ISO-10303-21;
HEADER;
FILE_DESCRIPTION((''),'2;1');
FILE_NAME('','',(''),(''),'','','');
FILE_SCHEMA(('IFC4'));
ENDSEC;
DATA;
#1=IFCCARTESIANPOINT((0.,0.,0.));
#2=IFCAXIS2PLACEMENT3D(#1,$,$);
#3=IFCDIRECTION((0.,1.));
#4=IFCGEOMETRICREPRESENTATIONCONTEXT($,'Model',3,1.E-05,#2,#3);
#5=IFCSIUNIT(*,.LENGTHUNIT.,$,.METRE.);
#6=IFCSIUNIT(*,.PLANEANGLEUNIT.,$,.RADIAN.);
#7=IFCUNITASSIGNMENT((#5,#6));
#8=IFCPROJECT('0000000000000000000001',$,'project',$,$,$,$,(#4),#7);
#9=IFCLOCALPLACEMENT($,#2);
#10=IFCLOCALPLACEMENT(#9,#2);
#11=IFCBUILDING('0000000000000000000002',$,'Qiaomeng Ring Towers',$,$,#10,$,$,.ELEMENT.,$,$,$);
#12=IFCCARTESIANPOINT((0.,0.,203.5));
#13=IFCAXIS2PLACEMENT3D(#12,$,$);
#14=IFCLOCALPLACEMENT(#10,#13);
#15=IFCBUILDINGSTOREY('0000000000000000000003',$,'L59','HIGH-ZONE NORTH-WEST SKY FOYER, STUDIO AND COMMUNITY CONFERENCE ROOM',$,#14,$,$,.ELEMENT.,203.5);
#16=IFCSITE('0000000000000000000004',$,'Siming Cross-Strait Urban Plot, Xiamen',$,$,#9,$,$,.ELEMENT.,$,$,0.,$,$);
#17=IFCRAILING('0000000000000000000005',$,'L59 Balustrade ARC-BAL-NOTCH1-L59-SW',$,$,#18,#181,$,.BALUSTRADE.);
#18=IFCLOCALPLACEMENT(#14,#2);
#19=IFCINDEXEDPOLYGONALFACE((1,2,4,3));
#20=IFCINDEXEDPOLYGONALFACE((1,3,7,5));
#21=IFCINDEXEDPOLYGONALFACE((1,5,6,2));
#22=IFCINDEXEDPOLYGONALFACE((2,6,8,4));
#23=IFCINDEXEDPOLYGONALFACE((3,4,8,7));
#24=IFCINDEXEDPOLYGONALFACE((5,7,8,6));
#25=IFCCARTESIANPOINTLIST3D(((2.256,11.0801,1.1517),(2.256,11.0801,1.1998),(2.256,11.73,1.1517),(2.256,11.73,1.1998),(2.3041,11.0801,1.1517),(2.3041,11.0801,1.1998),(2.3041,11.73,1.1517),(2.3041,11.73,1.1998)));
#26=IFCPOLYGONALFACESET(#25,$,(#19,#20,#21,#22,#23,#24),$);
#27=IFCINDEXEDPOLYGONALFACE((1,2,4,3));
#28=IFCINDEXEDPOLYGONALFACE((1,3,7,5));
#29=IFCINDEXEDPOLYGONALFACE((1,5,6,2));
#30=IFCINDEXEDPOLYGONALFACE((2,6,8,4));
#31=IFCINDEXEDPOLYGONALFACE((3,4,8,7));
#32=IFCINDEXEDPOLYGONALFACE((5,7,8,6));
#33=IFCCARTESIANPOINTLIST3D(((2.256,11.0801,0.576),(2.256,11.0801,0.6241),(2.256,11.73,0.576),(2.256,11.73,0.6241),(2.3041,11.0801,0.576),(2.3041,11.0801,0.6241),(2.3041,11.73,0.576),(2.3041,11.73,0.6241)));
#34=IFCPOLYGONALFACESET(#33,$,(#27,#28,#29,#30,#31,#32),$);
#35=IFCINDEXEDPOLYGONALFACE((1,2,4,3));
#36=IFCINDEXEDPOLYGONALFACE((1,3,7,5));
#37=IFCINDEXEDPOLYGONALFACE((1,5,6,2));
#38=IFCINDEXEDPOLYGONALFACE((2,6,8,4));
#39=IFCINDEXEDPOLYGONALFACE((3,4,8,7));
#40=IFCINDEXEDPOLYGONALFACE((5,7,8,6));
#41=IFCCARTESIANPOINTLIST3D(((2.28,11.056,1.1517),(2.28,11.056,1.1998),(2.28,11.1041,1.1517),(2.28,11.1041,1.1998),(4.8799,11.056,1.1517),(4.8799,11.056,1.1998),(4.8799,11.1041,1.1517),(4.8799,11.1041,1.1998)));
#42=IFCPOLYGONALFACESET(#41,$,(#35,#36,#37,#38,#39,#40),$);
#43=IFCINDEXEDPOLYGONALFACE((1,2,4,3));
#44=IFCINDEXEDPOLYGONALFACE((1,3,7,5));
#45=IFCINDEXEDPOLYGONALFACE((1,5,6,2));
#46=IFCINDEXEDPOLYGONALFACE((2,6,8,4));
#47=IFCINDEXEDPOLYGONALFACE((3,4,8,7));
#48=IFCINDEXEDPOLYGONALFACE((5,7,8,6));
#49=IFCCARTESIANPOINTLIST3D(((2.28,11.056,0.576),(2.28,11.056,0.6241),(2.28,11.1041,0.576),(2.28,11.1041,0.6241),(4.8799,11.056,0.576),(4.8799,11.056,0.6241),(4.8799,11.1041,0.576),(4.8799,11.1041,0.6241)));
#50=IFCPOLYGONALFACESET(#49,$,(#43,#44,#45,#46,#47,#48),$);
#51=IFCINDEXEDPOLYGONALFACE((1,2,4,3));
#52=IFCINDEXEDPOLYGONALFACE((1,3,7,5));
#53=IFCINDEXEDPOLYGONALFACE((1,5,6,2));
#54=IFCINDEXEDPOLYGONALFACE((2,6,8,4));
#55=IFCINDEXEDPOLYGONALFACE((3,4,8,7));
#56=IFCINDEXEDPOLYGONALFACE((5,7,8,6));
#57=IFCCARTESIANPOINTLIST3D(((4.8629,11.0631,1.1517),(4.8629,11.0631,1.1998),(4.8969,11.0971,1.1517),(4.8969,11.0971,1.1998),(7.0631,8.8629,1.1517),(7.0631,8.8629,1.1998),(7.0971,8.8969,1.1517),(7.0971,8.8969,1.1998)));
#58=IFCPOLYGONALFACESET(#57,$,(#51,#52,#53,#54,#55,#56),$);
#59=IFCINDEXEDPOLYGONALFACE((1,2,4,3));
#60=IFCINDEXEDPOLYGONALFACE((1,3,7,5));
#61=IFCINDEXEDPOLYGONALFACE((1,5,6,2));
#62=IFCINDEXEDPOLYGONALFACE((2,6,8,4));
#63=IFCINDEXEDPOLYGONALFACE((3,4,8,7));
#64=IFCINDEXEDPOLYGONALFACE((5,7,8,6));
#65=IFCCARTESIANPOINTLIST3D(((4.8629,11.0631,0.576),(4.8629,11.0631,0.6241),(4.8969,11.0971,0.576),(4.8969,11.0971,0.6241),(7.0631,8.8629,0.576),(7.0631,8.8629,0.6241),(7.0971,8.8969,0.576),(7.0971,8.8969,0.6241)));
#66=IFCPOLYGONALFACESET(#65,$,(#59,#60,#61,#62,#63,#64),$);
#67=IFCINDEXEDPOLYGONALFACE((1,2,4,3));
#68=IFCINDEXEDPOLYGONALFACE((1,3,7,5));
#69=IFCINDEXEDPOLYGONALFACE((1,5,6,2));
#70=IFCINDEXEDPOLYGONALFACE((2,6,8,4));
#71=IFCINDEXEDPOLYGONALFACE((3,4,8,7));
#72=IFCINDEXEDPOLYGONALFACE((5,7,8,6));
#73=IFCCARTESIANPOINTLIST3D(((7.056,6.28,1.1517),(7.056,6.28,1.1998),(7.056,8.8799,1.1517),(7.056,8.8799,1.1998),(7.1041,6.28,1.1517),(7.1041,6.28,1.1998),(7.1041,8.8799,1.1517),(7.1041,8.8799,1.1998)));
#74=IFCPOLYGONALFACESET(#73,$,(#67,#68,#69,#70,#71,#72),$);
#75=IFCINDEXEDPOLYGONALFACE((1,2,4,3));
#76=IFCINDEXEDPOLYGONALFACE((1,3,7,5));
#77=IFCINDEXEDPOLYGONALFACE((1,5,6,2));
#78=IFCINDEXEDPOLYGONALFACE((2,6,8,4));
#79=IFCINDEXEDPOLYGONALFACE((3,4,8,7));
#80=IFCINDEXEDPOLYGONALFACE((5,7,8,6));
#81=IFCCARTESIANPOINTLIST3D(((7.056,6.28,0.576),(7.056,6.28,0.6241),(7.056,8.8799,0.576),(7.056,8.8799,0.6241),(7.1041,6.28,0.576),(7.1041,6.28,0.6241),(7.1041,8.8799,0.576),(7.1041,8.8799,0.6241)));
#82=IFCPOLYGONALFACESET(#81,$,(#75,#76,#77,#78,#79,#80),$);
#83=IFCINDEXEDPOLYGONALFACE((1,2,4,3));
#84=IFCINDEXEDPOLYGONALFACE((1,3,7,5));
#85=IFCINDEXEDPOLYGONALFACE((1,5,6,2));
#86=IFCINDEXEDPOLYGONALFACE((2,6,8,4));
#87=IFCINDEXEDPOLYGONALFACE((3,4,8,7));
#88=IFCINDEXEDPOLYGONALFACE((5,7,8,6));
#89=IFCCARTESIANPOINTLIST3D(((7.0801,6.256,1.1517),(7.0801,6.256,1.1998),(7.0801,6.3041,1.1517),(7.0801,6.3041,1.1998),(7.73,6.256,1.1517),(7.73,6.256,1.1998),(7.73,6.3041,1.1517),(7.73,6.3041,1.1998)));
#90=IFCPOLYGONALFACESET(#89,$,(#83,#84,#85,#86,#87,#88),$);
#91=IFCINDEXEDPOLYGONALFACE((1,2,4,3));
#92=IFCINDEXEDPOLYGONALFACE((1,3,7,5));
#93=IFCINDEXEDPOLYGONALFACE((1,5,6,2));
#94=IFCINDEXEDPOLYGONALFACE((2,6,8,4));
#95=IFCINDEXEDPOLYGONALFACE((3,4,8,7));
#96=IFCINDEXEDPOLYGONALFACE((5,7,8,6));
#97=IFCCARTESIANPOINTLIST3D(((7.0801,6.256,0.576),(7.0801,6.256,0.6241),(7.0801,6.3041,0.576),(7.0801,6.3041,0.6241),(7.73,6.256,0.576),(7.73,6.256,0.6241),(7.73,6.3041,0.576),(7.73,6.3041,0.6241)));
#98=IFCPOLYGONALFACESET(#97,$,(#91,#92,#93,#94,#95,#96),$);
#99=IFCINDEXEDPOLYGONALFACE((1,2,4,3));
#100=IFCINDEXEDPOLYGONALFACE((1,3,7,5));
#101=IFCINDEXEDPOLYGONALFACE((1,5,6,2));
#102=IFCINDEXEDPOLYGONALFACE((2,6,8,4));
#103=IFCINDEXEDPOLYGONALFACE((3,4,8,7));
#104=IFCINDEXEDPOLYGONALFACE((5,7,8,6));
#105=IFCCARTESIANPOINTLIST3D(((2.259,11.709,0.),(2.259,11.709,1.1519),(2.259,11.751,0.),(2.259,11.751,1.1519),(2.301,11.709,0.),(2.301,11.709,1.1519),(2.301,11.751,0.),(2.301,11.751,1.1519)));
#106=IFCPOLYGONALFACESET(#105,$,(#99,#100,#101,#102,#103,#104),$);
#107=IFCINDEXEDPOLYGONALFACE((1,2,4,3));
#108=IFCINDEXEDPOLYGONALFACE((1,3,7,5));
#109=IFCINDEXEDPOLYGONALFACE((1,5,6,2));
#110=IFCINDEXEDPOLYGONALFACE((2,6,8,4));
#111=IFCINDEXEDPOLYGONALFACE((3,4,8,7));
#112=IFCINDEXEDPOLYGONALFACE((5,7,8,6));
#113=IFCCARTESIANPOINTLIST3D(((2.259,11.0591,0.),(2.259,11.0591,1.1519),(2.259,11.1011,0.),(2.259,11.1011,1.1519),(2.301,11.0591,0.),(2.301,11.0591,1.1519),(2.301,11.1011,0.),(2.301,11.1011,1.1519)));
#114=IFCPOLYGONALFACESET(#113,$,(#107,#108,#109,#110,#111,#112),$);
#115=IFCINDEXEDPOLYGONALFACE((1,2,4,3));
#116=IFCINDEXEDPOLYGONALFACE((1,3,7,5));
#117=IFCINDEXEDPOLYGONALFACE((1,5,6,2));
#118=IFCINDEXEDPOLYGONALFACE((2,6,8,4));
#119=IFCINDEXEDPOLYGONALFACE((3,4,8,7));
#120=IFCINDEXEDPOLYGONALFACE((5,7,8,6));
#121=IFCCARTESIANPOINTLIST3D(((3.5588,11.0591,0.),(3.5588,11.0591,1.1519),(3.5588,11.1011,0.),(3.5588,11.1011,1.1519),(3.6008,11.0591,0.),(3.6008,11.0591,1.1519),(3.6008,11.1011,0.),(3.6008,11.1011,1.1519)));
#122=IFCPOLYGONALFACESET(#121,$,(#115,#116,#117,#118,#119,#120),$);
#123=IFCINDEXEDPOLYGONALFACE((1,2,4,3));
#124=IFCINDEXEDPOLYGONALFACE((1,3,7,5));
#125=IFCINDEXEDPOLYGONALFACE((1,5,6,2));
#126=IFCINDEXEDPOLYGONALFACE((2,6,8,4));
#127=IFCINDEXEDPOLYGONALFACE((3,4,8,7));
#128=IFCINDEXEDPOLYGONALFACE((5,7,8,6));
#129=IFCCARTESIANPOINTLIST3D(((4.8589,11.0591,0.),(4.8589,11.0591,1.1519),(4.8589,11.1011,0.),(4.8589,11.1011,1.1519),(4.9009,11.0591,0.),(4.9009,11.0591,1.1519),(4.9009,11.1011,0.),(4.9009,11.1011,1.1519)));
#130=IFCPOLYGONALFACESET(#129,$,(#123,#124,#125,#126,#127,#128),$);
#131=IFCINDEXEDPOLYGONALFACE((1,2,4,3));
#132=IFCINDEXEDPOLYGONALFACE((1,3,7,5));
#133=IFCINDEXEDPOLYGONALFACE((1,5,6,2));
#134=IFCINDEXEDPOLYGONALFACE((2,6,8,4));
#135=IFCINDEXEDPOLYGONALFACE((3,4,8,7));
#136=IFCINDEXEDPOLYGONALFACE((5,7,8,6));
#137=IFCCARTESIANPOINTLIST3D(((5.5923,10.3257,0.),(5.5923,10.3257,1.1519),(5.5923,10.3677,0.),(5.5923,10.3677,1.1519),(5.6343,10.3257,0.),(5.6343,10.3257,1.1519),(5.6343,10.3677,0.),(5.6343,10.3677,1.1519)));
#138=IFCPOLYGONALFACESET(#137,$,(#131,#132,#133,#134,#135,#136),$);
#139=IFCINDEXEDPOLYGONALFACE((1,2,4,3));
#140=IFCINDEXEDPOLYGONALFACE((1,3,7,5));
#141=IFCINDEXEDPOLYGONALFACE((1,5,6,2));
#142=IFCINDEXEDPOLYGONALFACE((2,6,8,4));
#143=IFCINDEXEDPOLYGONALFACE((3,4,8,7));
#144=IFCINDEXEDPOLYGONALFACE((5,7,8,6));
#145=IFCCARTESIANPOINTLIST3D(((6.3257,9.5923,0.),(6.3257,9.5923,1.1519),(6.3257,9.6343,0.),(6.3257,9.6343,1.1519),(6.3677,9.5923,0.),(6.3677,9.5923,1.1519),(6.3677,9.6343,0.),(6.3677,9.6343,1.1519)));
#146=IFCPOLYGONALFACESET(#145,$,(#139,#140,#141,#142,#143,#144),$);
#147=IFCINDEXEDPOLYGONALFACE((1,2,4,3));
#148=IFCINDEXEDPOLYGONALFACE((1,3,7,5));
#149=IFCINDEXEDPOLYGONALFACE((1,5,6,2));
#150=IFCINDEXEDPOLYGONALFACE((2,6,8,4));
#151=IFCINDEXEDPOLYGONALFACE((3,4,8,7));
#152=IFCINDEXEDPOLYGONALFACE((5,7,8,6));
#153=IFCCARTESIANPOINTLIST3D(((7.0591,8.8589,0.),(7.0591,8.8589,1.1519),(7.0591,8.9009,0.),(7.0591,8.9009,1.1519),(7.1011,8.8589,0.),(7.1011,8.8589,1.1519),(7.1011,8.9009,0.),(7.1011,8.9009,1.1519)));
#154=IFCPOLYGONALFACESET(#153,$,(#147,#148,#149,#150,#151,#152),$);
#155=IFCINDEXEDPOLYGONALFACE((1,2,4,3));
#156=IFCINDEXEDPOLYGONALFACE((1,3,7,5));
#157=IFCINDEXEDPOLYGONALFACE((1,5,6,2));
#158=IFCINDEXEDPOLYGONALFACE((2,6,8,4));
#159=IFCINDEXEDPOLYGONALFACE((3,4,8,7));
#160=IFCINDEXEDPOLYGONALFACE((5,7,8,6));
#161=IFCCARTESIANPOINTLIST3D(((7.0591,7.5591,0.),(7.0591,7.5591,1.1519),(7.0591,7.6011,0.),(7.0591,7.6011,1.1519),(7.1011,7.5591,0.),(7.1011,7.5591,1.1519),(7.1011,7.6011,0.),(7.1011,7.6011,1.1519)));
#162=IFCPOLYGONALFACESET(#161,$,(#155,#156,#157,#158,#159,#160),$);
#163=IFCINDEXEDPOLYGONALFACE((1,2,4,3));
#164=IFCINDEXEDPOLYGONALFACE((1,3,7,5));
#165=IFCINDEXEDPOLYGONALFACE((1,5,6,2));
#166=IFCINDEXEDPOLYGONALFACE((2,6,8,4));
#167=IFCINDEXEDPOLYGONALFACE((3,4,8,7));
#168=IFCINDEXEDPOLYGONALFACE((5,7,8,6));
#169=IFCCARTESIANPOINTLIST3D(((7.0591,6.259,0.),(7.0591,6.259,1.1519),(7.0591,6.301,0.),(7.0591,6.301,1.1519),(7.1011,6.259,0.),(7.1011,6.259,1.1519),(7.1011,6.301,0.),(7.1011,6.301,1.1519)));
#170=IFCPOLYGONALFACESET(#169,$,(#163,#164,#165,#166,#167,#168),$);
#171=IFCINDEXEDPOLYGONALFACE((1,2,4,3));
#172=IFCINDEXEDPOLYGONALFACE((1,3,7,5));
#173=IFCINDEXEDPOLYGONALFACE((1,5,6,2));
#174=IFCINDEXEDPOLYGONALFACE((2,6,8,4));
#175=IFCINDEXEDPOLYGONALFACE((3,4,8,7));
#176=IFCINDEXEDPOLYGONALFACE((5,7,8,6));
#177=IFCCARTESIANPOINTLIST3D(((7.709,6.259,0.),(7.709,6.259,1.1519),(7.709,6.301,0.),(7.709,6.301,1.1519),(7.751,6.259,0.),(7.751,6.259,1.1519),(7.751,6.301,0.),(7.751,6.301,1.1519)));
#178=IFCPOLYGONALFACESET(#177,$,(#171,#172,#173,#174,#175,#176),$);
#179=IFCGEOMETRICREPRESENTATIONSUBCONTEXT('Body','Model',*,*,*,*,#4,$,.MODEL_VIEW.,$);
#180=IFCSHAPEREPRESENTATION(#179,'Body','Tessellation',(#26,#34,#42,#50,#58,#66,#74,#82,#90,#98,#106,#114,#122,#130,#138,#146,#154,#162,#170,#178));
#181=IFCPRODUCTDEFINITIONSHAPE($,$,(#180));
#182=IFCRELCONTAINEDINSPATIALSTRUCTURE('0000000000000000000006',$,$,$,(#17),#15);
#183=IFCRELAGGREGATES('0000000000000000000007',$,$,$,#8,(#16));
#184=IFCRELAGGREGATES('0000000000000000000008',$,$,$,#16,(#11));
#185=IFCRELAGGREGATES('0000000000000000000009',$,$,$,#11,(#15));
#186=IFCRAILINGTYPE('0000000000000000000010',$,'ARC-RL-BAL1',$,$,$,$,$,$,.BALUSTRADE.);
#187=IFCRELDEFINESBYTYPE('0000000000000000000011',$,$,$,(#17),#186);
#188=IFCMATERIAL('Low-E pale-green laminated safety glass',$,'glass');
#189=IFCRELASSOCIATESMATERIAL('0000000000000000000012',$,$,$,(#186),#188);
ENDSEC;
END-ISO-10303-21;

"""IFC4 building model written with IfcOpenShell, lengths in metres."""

from ifc_helpers import new_model, si_unit, direction, frame, origin, origin_2d, place, context, subcontext, project, spatial, rectangle, extrude, material, type_object, element, save


model = new_model("IFC4")

# Units and contexts
model_context = context("Model", 3, precision=1e-05, world=origin(), true_north=direction((0.0, 1.0)))
body_context = subcontext(model_context, "Body", "Model", "MODEL_VIEW")
ifc_project = project(units=[si_unit("LENGTHUNIT", "METRE"), si_unit("PLANEANGLEUNIT", "RADIAN")], contexts=[model_context])

# Site, building, storey
site_placement = place(None, origin())
site = spatial("IfcSite", under=ifc_project, at=site_placement, Name="Siming Cross-Strait Urban Plot, Xiamen", CompositionType="ELEMENT", RefElevation=0.0)
building_placement = place(site_placement, origin())
building = spatial("IfcBuilding", under=site, at=building_placement, Name="Qiaomeng Ring Towers", CompositionType="ELEMENT")
storey_placement = place(building_placement, frame((0.0, 0.0, 203.5)))
storey = spatial("IfcBuildingStorey", under=building, at=storey_placement, Name="L59", Description="HIGH-ZONE NORTH-WEST SKY FOYER, STUDIO AND COMMUNITY CONFERENCE ROOM", CompositionType="ELEMENT", Elevation=203.5)

# Railing
ifc_material_1 = material(Name="Low-E pale-green laminated safety glass", Category="glass")
railing_type = type_object("IfcRailingType", Name="ARC-RL-BAL1", PredefinedType="BALUSTRADE", material=ifc_material_1)
railing_placement = place(storey_placement, frame((2.28, 11.73, 0.0)))
element("IfcRailing", 1, at=railing_placement, inside=storey, type_object=railing_type, Name="L59 Balustrade ARC-BAL-NOTCH1-L59-SW", PredefinedType="BALUSTRADE", context=body_context, shape_type="SweptSolid", body=[
    extrude(rectangle(XDim=0.0481, YDim=0.0481, at=origin_2d()), frame((0.0, 0.0, 1.1758), z_axis=(0.0, -1.0, 0.0), x_axis=(1.0, 0.0, 0.0)), (0.0, 0.0, 1.0), 0.6499),
    extrude(rectangle(XDim=0.0481, YDim=0.0481, at=origin_2d()), frame((0.0, 0.0, 0.6001), z_axis=(0.0, -1.0, 0.0), x_axis=(1.0, 0.0, 0.0)), (0.0, 0.0, 1.0), 0.6499),
    extrude(rectangle(XDim=0.0481, YDim=0.0481, at=origin_2d()), frame((0.0, -0.6499, 1.1758), z_axis=(1.0, 0.0, 0.0), x_axis=(0.0, 1.0, 0.0)), (0.0, 0.0, 1.0), 2.5999),
    extrude(rectangle(XDim=0.0481, YDim=0.0481, at=origin_2d()), frame((0.0, -0.6499, 0.6001), z_axis=(1.0, 0.0, 0.0), x_axis=(0.0, 1.0, 0.0)), (0.0, 0.0, 1.0), 2.5999),
    extrude(rectangle(XDim=0.0481, YDim=0.0481, at=origin_2d()), frame((2.5999, -0.6499, 1.1758), z_axis=(0.707107, -0.707107, 0.0), x_axis=(0.707107, 0.707107, 0.0)), (0.0, 0.0, 1.0), 3.1116),
    extrude(rectangle(XDim=0.0481, YDim=0.0481, at=origin_2d()), frame((2.5999, -0.6499, 0.6001), z_axis=(0.707107, -0.707107, 0.0), x_axis=(0.707107, 0.707107, 0.0)), (0.0, 0.0, 1.0), 3.1116),
    extrude(rectangle(XDim=0.0481, YDim=0.0481, at=origin_2d()), frame((4.8, -2.8501, 1.1758), z_axis=(0.0, -1.0, 0.0), x_axis=(1.0, 0.0, 0.0)), (0.0, 0.0, 1.0), 2.5999),
    extrude(rectangle(XDim=0.0481, YDim=0.0481, at=origin_2d()), frame((4.8, -2.8501, 0.6001), z_axis=(0.0, -1.0, 0.0), x_axis=(1.0, 0.0, 0.0)), (0.0, 0.0, 1.0), 2.5999),
    extrude(rectangle(XDim=0.0481, YDim=0.0481, at=origin_2d()), frame((4.8, -5.45, 1.1758), z_axis=(1.0, 0.0, 0.0), x_axis=(0.0, 1.0, 0.0)), (0.0, 0.0, 1.0), 0.6499),
    extrude(rectangle(XDim=0.0481, YDim=0.0481, at=origin_2d()), frame((4.8, -5.45, 0.6001), z_axis=(1.0, 0.0, 0.0), x_axis=(0.0, 1.0, 0.0)), (0.0, 0.0, 1.0), 0.6499),
    extrude(rectangle(XDim=0.042, YDim=0.042, at=origin_2d()), origin(), (0.0, 0.0, 1.0), 1.1519),
    extrude(rectangle(XDim=0.042, YDim=0.042, at=origin_2d()), frame((0.0, -0.6499, 0.0)), (0.0, 0.0, 1.0), 1.1519),
    extrude(rectangle(XDim=0.042, YDim=0.042, at=origin_2d()), frame((1.2998, -0.6499, 0.0)), (0.0, 0.0, 1.0), 1.1519),
    extrude(rectangle(XDim=0.042, YDim=0.042, at=origin_2d()), frame((2.5999, -0.6499, 0.0)), (0.0, 0.0, 1.0), 1.1519),
    extrude(rectangle(XDim=0.042, YDim=0.042, at=origin_2d()), frame((3.3333, -1.3833, 0.0)), (0.0, 0.0, 1.0), 1.1519),
    extrude(rectangle(XDim=0.042, YDim=0.042, at=origin_2d()), frame((4.0667, -2.1167, 0.0)), (0.0, 0.0, 1.0), 1.1519),
    extrude(rectangle(XDim=0.042, YDim=0.042, at=origin_2d()), frame((4.8, -2.8501, 0.0)), (0.0, 0.0, 1.0), 1.1519),
    extrude(rectangle(XDim=0.042, YDim=0.042, at=origin_2d()), frame((4.8, -4.1499, 0.0)), (0.0, 0.0, 1.0), 1.1519),
    extrude(rectangle(XDim=0.042, YDim=0.042, at=origin_2d()), frame((4.8, -5.45, 0.0)), (0.0, 0.0, 1.0), 1.1519),
    extrude(rectangle(XDim=0.042, YDim=0.042, at=origin_2d()), frame((5.45, -5.45, 0.0)), (0.0, 0.0, 1.0), 1.1519),
])

save(model, "model.ifc")
